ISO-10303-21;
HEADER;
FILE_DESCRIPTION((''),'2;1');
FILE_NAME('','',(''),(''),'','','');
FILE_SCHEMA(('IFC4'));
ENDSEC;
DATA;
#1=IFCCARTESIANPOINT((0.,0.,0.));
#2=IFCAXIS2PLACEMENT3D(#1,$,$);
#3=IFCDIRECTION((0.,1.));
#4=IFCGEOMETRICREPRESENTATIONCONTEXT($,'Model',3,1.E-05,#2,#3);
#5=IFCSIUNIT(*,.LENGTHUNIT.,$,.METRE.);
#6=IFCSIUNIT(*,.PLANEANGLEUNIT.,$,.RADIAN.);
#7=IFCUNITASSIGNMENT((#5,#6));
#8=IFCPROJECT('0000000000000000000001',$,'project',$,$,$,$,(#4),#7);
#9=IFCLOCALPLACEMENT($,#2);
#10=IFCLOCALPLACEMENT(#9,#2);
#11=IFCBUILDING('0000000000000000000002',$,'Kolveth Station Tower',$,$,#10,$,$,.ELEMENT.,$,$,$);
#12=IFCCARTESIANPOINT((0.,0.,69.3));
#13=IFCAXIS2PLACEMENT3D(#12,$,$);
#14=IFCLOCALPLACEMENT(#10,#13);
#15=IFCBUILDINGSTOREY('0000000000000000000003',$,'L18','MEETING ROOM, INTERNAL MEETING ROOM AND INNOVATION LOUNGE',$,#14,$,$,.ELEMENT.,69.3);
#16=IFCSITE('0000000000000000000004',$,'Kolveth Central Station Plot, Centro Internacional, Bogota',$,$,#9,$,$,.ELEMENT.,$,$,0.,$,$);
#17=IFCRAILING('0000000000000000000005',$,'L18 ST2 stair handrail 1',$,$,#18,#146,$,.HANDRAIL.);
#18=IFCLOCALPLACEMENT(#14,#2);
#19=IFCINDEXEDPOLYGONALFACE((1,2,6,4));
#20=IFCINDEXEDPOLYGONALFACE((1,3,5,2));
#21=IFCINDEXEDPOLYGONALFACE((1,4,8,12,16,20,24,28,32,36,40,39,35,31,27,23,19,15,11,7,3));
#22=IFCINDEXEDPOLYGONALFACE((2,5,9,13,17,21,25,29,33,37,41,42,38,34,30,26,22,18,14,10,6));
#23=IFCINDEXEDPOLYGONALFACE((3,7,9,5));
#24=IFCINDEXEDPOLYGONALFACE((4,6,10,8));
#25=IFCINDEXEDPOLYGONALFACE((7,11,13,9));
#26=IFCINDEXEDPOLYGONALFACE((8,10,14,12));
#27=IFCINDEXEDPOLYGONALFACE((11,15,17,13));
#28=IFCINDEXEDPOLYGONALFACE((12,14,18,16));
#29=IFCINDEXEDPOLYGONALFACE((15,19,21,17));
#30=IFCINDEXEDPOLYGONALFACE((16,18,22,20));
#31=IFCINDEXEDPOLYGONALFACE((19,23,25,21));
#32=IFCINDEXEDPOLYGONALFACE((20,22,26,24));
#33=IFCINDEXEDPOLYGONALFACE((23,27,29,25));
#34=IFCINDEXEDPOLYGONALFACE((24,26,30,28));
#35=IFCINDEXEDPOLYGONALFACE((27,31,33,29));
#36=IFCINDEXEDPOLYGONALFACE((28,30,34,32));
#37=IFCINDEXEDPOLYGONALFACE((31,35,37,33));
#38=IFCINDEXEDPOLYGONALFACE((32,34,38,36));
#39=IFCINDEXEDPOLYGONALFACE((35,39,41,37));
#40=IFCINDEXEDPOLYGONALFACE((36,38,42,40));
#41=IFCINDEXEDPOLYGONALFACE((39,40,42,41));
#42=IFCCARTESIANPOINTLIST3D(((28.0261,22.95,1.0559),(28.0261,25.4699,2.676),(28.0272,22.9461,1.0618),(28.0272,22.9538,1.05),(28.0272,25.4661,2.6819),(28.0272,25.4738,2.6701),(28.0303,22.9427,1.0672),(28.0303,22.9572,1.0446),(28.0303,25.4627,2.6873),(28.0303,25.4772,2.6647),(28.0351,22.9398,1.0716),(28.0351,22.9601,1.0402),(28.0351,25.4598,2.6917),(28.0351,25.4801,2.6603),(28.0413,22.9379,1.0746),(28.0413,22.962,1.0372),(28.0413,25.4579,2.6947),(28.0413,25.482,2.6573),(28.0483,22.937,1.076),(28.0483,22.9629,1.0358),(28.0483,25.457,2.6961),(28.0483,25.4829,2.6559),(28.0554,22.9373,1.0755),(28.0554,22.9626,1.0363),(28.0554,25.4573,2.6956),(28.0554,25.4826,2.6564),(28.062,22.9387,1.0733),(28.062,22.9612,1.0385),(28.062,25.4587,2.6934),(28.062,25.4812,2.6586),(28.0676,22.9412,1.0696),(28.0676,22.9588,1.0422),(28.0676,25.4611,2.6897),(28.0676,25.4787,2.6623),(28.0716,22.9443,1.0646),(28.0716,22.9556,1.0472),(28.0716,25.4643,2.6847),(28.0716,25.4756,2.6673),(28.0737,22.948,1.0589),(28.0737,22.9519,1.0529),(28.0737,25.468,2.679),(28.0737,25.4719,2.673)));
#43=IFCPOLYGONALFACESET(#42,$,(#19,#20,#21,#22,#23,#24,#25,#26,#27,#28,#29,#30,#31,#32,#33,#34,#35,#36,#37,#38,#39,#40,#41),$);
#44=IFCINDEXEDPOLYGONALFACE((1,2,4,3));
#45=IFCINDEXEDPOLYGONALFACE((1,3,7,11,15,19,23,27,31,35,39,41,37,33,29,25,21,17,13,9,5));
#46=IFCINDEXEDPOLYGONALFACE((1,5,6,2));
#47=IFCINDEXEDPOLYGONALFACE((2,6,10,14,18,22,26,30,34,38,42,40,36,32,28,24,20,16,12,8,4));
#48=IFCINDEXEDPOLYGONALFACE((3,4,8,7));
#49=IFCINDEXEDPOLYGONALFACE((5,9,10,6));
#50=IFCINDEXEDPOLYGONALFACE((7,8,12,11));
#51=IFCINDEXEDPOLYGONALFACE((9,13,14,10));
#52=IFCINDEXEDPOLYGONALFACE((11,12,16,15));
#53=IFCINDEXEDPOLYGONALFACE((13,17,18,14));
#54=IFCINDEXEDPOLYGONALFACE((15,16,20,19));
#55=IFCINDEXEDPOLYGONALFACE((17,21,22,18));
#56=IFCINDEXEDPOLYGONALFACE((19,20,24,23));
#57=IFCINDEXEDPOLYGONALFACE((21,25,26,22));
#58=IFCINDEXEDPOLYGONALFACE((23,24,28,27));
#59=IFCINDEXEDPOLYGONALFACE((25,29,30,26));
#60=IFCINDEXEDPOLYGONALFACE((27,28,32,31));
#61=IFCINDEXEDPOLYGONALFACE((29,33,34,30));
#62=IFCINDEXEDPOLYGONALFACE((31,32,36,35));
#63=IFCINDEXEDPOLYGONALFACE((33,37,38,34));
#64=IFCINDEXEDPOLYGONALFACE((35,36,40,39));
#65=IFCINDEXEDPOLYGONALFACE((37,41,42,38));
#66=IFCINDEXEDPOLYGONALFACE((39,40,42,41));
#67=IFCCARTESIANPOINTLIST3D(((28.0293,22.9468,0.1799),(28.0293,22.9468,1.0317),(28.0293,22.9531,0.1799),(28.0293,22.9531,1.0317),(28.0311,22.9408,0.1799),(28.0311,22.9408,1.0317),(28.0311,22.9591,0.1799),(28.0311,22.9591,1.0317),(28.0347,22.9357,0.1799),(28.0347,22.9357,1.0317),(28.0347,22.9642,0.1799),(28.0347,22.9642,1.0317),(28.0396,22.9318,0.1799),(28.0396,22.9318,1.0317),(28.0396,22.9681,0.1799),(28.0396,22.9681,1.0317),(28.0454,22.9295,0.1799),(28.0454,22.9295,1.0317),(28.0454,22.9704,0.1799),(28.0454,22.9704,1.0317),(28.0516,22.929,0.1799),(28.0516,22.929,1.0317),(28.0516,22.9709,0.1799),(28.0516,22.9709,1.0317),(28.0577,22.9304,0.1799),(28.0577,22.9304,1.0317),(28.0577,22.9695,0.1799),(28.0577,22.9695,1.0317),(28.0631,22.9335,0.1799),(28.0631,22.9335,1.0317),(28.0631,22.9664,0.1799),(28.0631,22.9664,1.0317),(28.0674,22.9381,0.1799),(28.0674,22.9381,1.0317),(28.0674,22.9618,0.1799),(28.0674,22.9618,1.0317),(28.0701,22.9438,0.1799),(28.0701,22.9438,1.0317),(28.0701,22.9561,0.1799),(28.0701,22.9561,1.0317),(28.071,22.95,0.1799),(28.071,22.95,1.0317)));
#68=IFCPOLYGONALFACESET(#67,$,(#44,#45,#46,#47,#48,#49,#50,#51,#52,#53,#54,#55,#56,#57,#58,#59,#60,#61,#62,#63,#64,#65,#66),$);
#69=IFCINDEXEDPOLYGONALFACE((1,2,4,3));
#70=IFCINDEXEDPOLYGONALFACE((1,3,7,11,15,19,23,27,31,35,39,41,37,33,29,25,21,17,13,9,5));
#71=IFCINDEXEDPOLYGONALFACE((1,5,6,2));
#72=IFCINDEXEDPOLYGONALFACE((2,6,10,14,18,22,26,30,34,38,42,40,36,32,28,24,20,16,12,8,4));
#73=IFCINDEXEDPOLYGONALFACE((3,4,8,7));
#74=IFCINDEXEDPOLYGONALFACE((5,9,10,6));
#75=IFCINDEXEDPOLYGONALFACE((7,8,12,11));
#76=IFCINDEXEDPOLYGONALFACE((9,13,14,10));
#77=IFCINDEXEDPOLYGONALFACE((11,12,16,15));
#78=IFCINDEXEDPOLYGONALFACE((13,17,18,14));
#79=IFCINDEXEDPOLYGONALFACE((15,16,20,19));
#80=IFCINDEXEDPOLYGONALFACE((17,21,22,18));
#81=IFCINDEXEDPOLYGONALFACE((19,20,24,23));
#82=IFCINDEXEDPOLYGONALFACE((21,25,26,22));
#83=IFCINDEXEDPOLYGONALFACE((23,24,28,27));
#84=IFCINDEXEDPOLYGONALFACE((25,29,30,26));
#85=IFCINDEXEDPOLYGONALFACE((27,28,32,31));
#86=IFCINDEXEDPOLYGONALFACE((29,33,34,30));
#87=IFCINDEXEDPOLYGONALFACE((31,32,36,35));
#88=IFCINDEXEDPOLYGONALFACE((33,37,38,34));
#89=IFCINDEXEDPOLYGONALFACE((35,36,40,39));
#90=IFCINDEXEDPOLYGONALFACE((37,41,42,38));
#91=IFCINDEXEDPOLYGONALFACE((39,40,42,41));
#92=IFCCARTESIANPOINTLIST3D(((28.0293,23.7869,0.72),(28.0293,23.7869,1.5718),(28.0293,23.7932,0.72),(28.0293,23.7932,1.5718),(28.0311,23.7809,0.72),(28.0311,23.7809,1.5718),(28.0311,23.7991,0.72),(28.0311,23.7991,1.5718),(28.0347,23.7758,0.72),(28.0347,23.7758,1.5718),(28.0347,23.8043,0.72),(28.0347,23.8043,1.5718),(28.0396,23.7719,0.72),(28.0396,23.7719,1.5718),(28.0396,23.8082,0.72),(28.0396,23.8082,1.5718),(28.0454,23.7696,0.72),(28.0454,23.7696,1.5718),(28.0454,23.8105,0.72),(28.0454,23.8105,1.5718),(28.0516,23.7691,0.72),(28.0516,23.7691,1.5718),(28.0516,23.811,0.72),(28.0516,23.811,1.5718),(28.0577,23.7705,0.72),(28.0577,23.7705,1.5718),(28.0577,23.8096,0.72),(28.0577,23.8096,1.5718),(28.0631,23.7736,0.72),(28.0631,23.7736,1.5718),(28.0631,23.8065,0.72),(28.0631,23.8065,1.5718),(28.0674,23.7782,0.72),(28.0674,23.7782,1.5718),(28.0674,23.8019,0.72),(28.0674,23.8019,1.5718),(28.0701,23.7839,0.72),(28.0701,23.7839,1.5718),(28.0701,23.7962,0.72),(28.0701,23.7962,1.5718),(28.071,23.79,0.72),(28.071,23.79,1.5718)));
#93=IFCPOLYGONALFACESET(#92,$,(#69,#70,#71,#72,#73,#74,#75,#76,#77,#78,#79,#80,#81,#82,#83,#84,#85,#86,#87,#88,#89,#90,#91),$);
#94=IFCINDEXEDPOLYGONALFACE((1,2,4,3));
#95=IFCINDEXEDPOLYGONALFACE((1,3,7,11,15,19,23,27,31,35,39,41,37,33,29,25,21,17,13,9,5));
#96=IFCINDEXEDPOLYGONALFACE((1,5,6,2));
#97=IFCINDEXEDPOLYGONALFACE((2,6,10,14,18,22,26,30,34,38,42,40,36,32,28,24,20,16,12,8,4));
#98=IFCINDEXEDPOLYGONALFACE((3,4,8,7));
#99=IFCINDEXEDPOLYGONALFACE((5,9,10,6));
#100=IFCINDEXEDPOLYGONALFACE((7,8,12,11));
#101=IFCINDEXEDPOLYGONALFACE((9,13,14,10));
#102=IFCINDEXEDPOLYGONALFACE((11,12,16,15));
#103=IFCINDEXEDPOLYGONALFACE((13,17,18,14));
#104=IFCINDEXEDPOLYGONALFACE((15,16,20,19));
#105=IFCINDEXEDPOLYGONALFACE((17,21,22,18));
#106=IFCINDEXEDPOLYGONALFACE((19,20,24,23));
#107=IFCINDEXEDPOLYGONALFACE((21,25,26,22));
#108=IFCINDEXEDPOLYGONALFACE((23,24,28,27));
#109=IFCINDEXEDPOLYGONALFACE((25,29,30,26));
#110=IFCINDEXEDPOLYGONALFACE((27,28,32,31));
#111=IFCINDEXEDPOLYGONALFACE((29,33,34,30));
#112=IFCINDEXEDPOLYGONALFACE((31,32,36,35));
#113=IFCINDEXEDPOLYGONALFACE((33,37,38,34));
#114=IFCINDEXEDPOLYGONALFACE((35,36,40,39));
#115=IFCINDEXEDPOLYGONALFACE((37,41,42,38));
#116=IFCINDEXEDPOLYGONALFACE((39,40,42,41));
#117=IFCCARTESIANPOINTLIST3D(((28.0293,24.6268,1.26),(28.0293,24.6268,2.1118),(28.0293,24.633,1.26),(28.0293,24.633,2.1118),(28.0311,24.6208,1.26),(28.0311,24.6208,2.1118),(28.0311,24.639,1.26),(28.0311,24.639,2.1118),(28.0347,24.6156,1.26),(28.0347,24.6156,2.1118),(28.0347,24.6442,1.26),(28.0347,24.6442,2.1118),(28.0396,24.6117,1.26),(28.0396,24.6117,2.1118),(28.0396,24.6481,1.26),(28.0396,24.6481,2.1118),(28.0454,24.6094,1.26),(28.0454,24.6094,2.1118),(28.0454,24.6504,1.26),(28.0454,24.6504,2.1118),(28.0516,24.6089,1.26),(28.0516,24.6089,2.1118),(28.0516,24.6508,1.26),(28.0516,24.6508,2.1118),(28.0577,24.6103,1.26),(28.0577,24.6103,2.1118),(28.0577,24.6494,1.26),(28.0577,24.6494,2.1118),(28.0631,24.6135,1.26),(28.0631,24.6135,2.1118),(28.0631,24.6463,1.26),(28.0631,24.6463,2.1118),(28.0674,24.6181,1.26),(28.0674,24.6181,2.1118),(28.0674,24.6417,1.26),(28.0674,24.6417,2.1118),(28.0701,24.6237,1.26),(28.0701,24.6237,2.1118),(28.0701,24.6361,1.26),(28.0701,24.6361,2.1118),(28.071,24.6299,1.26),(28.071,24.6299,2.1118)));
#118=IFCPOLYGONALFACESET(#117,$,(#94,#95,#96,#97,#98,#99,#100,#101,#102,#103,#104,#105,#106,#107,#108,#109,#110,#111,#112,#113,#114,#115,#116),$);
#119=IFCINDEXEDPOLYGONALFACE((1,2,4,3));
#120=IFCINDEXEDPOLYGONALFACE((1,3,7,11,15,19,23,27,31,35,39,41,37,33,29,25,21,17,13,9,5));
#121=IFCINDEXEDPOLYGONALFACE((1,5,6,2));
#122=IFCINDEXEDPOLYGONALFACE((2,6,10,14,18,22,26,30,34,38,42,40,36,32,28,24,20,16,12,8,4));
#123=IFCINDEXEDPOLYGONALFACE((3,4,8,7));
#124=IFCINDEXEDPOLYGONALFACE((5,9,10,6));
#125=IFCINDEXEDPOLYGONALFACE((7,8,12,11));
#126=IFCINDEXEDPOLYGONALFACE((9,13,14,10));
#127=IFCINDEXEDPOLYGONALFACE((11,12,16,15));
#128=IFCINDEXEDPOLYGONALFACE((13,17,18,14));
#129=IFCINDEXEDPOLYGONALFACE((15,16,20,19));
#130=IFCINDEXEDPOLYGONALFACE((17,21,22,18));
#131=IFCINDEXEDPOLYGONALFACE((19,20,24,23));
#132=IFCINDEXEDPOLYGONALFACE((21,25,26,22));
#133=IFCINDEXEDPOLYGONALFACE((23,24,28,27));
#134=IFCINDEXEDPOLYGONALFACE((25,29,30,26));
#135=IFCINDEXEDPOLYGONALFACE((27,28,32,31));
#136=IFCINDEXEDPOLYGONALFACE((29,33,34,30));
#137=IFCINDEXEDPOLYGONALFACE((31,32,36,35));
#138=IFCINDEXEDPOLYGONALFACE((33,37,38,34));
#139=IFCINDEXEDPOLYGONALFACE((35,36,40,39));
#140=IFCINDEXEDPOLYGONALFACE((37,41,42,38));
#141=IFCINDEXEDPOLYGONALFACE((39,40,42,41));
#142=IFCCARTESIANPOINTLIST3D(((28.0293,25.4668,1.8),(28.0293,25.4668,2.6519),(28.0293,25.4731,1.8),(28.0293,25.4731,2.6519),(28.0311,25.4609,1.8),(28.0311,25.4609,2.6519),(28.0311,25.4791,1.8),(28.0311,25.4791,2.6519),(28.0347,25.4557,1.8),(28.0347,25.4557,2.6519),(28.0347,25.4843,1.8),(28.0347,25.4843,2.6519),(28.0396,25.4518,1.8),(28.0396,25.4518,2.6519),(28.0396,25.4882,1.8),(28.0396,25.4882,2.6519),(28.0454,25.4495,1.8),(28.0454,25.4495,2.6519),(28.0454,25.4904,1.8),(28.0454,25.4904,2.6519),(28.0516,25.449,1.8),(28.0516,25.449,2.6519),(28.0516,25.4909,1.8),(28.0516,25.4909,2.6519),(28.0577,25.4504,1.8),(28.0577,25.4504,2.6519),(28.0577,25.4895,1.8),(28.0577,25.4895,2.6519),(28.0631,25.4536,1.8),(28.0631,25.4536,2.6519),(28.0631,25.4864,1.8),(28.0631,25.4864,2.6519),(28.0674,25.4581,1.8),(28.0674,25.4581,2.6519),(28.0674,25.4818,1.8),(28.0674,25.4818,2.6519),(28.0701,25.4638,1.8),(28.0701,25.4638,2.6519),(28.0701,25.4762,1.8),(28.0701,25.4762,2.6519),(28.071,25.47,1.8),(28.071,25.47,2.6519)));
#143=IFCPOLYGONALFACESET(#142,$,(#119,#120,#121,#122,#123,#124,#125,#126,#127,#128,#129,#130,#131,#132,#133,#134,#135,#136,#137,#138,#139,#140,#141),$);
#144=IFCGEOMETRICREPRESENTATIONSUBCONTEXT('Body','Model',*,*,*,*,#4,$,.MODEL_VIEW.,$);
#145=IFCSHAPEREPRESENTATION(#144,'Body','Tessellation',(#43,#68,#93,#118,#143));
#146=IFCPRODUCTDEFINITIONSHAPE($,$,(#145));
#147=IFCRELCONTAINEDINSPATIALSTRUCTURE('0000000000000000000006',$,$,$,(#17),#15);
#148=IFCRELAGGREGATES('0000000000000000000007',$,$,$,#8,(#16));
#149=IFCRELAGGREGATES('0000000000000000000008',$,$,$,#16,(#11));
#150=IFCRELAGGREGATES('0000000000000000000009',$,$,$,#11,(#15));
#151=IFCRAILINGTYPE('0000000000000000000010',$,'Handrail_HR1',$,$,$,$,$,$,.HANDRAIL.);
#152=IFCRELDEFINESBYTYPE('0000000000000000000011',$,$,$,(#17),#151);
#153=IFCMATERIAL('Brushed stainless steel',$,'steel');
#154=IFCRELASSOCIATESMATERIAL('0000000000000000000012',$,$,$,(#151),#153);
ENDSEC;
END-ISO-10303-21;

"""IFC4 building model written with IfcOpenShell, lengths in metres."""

from ifc_helpers import new_model, si_unit, direction, frame, origin, origin_2d, place, context, subcontext, project, spatial, circle, extrude, material, type_object, element, save


model = new_model("IFC4")

# Units and contexts
model_context = context("Model", 3, precision=1e-05, world=origin(), true_north=direction((0.0, 1.0)))
body_context = subcontext(model_context, "Body", "Model", "MODEL_VIEW")
ifc_project = project(units=[si_unit("LENGTHUNIT", "METRE"), si_unit("PLANEANGLEUNIT", "RADIAN")], contexts=[model_context])

# Site, building, storey
site_placement = place(None, origin())
site = spatial("IfcSite", under=ifc_project, at=site_placement, Name="Kolveth Central Station Plot, Centro Internacional, Bogota", CompositionType="ELEMENT", RefElevation=0.0)
building_placement = place(site_placement, origin())
building = spatial("IfcBuilding", under=site, at=building_placement, Name="Kolveth Station Tower", CompositionType="ELEMENT")
storey_placement = place(building_placement, frame((0.0, 0.0, 69.3)))
storey = spatial("IfcBuildingStorey", under=building, at=storey_placement, Name="L18", Description="MEETING ROOM, INTERNAL MEETING ROOM AND INNOVATION LOUNGE", CompositionType="ELEMENT", Elevation=69.3)

# Railing
ifc_material_1 = material(Name="Brushed stainless steel", Category="steel")
railing_type_1 = type_object("IfcRailingType", Name="Handrail_HR1", PredefinedType="HANDRAIL", material=ifc_material_1)
railing_1_placement = place(storey_placement, frame((28.05, 22.95, 0.1799)))
element("IfcRailing", 1, at=railing_1_placement, inside=storey, type_object=railing_type_1, Name="L18 ST2 stair handrail 1", PredefinedType="HANDRAIL", context=body_context, shape_type="SweptSolid", body=[
    extrude(circle(Radius=0.0239, at=origin_2d()), frame((0.0, 0.0, 0.876), z_axis=(0.0, 0.841163, 0.540782), x_axis=(-1.0, 0.0, 0.0)), (0.0, 0.0, 1.0), 2.9958),
    extrude(circle(Radius=0.021, at=origin_2d()), origin(), (0.0, 0.0, 1.0), 0.8518),
    extrude(circle(Radius=0.021, at=origin_2d()), frame((0.0, 0.8401, 0.54)), (0.0, 0.0, 1.0), 0.8518),
    extrude(circle(Radius=0.021, at=origin_2d()), frame((0.0, 1.6799, 1.0801)), (0.0, 0.0, 1.0), 0.8518),
    extrude(circle(Radius=0.021, at=origin_2d()), frame((0.0, 2.52, 1.6201)), (0.0, 0.0, 1.0), 0.8518),
])

save(model, "model.ifc")
